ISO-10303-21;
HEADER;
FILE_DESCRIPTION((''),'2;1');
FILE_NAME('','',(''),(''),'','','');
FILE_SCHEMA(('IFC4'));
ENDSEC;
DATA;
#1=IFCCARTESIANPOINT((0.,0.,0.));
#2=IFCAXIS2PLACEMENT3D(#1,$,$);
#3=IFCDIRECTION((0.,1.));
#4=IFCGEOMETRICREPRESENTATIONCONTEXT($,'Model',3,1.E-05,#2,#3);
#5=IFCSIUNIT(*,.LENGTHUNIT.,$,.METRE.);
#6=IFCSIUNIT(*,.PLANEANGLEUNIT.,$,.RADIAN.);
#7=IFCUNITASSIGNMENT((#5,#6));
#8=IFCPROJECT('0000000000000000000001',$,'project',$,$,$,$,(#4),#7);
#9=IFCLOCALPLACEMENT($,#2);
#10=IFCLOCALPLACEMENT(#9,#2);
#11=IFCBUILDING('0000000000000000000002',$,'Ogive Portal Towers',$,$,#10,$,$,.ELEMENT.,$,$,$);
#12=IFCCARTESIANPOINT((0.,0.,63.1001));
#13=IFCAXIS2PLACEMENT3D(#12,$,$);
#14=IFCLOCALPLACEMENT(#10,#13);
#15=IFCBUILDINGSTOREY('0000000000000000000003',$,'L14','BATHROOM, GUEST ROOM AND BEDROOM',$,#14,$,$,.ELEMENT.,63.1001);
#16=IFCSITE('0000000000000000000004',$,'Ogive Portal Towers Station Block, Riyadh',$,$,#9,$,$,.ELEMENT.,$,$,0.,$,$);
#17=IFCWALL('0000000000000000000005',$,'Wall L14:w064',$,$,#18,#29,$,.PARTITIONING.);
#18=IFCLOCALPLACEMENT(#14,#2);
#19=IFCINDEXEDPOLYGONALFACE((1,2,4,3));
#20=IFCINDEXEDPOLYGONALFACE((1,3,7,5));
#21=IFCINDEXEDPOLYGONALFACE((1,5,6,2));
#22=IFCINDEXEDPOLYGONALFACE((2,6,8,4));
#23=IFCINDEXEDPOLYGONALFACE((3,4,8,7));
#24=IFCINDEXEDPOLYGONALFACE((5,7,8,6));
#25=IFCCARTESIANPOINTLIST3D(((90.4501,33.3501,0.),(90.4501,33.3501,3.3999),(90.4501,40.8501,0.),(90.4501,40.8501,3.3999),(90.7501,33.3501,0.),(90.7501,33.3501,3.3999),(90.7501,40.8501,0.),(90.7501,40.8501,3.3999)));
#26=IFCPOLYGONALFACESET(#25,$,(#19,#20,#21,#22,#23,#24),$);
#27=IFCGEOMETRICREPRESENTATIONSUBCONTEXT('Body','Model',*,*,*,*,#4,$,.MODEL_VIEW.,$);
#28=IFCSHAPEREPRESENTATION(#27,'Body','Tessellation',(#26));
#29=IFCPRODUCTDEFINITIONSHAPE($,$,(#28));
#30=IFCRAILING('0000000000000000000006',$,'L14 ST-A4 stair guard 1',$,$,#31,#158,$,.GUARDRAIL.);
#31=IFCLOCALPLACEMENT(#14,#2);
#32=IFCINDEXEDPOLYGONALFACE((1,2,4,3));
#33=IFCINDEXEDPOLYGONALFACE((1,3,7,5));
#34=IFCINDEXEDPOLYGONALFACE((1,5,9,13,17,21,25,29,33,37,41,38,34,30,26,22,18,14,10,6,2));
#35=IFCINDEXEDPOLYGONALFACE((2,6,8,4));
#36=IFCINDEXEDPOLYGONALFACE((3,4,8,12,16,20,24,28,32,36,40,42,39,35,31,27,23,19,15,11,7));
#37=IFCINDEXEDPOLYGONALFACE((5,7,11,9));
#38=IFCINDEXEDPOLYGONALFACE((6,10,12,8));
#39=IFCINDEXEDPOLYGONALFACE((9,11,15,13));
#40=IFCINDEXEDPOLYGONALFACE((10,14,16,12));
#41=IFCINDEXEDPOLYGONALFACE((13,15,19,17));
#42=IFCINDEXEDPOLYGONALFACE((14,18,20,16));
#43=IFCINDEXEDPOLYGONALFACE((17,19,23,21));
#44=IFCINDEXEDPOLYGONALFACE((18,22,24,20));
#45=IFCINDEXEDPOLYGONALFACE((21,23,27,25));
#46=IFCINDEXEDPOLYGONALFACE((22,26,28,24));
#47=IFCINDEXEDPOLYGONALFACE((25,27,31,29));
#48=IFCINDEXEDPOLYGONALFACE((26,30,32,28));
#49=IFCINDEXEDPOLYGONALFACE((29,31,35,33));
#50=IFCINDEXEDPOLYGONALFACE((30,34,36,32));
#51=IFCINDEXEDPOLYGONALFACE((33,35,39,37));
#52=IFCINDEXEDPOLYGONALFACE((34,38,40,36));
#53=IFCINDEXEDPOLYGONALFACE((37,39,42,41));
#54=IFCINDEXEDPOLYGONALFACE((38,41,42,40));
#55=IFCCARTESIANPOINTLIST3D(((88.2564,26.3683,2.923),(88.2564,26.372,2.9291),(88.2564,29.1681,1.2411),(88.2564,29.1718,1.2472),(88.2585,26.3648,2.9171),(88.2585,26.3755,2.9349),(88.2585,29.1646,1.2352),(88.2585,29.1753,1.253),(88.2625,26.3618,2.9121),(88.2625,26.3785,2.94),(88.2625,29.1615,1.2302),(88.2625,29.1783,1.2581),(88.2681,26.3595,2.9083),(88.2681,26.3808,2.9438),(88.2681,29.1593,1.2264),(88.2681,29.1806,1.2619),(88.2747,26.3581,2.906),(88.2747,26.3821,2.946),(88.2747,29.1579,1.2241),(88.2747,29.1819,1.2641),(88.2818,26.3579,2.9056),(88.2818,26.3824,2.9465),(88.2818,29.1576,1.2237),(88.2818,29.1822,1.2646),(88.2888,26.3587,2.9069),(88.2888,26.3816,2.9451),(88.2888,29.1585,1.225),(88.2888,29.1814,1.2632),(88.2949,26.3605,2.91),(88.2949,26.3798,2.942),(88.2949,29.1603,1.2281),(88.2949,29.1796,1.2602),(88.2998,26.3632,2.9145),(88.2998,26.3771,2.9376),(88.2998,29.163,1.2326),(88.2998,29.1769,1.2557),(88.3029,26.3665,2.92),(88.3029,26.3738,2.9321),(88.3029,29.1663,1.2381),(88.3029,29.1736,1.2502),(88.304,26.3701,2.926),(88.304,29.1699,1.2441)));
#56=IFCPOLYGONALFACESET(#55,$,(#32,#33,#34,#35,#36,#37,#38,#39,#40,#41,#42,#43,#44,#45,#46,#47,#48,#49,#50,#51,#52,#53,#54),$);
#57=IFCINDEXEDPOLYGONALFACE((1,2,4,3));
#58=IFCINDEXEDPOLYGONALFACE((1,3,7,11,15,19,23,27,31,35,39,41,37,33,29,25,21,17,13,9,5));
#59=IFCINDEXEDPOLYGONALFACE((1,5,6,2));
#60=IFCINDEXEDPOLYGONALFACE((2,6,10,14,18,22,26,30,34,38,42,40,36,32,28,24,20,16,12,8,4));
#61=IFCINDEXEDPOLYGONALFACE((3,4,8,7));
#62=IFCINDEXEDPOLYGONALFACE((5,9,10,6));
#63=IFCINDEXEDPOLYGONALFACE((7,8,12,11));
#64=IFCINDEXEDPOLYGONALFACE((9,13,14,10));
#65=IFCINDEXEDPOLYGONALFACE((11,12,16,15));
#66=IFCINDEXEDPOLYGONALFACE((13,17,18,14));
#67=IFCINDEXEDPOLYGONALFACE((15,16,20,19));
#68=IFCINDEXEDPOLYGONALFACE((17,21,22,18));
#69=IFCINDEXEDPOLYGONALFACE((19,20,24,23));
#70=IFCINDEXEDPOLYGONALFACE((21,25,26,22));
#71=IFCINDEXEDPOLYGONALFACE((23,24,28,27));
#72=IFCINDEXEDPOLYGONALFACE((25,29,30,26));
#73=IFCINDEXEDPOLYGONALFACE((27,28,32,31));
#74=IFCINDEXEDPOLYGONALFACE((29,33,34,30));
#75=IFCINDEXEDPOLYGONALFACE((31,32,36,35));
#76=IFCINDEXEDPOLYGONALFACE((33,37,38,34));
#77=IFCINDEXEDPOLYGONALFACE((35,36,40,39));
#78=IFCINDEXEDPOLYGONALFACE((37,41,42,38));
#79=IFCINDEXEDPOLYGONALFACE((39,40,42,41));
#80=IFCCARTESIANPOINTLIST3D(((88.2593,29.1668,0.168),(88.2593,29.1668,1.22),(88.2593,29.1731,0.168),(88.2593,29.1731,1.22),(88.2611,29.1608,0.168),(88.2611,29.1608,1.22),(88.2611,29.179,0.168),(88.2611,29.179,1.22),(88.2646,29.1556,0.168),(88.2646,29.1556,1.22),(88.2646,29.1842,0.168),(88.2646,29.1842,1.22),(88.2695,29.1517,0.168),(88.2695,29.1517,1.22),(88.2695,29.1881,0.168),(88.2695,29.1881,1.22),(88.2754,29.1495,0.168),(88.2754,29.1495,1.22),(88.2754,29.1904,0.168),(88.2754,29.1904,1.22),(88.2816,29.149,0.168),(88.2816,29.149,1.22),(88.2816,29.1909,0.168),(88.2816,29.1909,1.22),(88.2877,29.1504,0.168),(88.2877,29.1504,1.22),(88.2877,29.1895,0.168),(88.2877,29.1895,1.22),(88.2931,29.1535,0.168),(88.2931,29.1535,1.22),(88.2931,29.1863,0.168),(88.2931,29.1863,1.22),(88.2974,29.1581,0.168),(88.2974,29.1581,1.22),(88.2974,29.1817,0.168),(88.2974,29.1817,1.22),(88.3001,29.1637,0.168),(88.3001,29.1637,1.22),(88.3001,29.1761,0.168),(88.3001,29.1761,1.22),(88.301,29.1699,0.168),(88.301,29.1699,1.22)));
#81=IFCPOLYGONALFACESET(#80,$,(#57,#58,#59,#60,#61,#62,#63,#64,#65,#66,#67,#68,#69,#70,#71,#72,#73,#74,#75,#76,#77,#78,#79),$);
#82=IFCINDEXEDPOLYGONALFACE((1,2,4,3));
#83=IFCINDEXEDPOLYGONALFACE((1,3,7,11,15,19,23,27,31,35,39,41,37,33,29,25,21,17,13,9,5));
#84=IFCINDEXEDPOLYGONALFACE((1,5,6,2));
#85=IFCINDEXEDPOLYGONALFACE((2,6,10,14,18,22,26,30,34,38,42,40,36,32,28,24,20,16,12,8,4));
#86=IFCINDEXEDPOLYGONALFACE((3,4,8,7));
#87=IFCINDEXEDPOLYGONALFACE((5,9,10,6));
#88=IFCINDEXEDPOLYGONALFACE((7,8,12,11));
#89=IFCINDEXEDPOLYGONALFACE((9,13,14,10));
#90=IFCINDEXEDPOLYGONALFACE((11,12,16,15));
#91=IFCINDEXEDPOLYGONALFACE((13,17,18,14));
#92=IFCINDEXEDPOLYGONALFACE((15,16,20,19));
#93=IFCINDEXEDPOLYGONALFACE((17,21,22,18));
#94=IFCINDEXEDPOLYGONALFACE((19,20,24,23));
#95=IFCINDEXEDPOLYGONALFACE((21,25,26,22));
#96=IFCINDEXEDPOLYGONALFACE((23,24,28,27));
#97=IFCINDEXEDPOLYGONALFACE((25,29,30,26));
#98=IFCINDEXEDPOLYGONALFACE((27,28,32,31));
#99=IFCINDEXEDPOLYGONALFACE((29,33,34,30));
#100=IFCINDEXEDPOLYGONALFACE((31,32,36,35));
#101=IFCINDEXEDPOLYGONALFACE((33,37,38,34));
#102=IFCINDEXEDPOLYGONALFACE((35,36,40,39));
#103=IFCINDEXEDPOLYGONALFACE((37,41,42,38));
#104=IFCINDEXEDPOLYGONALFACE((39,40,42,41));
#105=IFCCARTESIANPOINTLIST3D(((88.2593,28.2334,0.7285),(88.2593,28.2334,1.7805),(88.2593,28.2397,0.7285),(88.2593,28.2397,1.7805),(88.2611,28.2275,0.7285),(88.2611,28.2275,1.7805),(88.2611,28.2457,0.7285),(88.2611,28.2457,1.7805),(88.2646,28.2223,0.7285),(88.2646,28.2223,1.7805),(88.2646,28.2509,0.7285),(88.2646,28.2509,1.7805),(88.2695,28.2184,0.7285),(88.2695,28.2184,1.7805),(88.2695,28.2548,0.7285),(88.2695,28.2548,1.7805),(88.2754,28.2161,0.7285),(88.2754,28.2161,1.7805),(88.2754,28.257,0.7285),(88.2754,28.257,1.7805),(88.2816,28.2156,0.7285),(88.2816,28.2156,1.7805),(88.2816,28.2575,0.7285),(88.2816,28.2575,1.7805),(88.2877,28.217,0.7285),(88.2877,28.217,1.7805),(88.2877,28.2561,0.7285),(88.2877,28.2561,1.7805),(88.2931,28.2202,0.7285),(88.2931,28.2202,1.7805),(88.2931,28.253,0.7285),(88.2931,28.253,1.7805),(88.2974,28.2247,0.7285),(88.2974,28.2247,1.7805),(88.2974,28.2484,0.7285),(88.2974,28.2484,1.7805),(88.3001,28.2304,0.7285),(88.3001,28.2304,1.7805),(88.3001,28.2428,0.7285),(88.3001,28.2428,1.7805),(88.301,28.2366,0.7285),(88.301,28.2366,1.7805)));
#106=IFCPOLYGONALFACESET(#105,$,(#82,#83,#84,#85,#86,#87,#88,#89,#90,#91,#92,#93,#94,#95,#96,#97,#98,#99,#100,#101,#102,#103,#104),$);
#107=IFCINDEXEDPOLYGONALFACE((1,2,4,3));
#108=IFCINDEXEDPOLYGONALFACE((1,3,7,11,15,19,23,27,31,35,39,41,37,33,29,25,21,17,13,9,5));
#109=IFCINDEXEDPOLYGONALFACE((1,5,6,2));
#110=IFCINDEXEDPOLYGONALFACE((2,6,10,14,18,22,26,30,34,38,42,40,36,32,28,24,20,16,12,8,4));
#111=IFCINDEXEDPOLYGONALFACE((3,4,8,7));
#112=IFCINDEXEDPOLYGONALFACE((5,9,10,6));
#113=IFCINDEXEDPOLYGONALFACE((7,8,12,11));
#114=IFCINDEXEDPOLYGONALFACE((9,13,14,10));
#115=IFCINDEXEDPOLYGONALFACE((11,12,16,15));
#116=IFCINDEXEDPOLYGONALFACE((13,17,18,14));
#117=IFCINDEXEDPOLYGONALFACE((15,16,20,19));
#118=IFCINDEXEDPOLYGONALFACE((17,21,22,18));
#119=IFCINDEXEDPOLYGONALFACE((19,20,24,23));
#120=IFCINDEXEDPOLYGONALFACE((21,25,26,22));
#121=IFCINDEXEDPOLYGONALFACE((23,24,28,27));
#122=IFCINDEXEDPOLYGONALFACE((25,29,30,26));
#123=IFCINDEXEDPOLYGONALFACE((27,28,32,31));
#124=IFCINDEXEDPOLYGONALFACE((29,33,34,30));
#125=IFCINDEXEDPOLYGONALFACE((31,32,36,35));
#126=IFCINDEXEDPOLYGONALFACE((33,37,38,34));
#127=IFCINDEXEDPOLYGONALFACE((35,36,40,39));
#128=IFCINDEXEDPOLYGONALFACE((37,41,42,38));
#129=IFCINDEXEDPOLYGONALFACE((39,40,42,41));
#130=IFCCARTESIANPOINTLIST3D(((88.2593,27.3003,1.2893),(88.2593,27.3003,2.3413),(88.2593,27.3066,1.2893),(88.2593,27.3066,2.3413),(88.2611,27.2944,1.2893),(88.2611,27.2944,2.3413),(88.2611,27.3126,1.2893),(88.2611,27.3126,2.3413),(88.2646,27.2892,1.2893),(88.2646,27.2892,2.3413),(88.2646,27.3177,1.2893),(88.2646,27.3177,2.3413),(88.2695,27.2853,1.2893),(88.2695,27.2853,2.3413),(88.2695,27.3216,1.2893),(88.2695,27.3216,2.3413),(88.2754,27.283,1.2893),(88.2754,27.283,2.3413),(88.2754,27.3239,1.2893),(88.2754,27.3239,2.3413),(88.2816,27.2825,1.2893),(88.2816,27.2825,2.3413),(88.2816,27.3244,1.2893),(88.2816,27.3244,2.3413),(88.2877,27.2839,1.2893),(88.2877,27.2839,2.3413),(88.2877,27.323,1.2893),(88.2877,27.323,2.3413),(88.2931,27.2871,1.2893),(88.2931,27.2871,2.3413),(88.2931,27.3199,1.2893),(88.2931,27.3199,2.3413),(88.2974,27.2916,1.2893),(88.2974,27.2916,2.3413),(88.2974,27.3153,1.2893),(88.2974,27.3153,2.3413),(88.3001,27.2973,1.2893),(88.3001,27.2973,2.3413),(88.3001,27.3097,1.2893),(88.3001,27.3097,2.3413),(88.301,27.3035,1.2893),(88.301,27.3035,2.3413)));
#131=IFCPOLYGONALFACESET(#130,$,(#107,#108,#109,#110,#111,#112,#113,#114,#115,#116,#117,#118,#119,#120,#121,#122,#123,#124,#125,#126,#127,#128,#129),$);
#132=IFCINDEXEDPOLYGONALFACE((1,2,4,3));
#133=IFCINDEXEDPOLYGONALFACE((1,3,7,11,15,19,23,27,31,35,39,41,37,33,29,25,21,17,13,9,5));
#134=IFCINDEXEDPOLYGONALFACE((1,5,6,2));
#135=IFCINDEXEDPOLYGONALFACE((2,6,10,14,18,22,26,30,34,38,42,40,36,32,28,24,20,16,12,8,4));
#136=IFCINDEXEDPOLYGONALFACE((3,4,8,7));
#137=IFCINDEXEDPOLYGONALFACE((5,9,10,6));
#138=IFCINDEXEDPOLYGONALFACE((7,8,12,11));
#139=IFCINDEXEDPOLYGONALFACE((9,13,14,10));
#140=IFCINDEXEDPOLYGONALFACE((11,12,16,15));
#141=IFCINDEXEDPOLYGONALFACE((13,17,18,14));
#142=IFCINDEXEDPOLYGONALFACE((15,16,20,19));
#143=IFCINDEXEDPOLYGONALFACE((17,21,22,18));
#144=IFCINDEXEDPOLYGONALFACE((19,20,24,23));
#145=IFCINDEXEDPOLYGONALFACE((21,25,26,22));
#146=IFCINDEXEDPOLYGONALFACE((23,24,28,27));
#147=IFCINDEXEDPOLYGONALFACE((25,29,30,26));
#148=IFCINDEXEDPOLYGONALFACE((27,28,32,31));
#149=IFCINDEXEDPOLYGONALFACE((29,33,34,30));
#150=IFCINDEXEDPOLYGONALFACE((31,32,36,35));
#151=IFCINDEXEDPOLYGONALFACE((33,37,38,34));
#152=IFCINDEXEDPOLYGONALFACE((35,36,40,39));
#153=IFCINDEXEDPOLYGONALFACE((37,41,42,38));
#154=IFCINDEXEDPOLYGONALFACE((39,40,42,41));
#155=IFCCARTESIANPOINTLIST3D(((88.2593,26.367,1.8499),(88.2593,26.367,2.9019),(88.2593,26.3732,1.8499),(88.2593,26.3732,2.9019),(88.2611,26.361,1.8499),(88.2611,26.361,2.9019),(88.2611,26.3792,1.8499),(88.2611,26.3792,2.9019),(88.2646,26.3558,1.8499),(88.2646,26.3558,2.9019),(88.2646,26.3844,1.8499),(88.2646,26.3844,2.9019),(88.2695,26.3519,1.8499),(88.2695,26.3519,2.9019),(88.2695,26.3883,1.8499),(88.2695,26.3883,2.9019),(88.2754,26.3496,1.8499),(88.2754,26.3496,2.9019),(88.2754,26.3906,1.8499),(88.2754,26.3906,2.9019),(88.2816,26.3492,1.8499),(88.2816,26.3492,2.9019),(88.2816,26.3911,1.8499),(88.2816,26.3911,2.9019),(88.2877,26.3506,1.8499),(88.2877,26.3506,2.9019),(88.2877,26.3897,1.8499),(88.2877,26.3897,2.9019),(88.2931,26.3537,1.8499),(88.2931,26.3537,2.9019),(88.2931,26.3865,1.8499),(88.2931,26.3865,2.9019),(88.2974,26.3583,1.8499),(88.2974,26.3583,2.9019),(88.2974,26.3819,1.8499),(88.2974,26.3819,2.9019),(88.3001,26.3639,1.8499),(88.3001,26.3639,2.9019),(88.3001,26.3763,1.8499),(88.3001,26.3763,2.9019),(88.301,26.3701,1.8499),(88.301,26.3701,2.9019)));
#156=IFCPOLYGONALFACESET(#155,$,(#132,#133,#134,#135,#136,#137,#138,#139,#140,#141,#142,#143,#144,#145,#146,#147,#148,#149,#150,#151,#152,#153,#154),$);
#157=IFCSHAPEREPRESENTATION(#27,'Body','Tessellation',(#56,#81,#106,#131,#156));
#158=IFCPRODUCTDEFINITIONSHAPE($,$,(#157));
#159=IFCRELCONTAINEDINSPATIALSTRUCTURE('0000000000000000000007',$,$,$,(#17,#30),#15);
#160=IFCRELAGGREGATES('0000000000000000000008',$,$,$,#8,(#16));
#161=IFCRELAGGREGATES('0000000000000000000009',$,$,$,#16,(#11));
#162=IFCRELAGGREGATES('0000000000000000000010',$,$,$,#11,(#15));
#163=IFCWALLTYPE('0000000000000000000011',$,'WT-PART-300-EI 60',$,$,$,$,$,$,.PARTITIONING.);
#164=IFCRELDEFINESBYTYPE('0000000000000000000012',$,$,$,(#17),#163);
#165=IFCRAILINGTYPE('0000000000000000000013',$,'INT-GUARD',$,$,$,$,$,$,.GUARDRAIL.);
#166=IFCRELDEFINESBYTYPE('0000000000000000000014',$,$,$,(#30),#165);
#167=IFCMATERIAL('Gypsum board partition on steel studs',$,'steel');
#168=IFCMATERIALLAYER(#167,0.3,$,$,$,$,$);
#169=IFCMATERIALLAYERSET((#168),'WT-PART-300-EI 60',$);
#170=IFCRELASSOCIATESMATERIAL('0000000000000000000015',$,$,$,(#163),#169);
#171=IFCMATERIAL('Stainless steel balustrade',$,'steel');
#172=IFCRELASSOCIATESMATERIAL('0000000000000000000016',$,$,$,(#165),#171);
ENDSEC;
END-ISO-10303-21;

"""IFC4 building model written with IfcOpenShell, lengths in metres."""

from ifc_helpers import new_model, si_unit, direction, frame, frame_2d, origin, origin_2d, place, context, subcontext, project, spatial, rectangle, circle, extrude, material, layer, layer_set, type_object, element, save


model = new_model("IFC4")

# Units and contexts
model_context = context("Model", 3, precision=1e-05, world=origin(), true_north=direction((0.0, 1.0)))
body_context = subcontext(model_context, "Body", "Model", "MODEL_VIEW")
ifc_project = project(units=[si_unit("LENGTHUNIT", "METRE"), si_unit("PLANEANGLEUNIT", "RADIAN")], contexts=[model_context])

# Site, building, storey
site_placement = place(None, origin())
site = spatial("IfcSite", under=ifc_project, at=site_placement, Name="Ogive Portal Towers Station Block, Riyadh", CompositionType="ELEMENT", RefElevation=0.0)
building_placement = place(site_placement, origin())
building = spatial("IfcBuilding", under=site, at=building_placement, Name="Ogive Portal Towers", CompositionType="ELEMENT")
storey_placement = place(building_placement, frame((0.0, 0.0, 63.1001)))
storey = spatial("IfcBuildingStorey", under=building, at=storey_placement, Name="L14", Description="BATHROOM, GUEST ROOM AND BEDROOM", CompositionType="ELEMENT", Elevation=63.1001)

# Shared definitions
ifc_material_1 = material(Name="Gypsum board partition on steel studs", Category="steel")

# Wall
ifc_layer_1 = layer(ifc_material_1, 0.3)
ifc_layer_set_1 = layer_set([ifc_layer_1], Name="WT-PART-300-EI 60")
wall_type_1 = type_object("IfcWallType", Name="WT-PART-300-EI 60", PredefinedType="PARTITIONING", material=ifc_layer_set_1)
wall_1_placement = place(storey_placement, frame((90.6001, 33.3501, 0.0), z_axis=(0.0, 0.0, 1.0), x_axis=(0.0, 1.0, 0.0)))
element("IfcWall", 1, at=wall_1_placement, inside=storey, type_object=wall_type_1, Name="Wall L14:w064", PredefinedType="PARTITIONING", context=body_context, shape_type="SweptSolid", body=[
    extrude(rectangle(XDim=7.5, YDim=0.3, at=frame_2d((3.75, 0.0))), origin(), (0.0, 0.0, 1.0), 3.3999),
])

# Railing
ifc_material_2 = material(Name="Stainless steel balustrade", Category="steel")
railing_type_1 = type_object("IfcRailingType", Name="INT-GUARD", PredefinedType="GUARDRAIL", material=ifc_material_2)
railing_1_placement = place(storey_placement, frame((88.28, 29.1699, 0.168)))
element("IfcRailing", 2, at=railing_1_placement, inside=storey, type_object=railing_type_1, Name="L14 ST-A4 stair guard 1", PredefinedType="GUARDRAIL", context=body_context, shape_type="SweptSolid", body=[
    extrude(circle(Radius=0.0239, at=origin_2d()), frame((0.0, 0.0, 1.0762), z_axis=(0.0, -0.857222, 0.514946), x_axis=(1.0, 0.0, 0.0)), (0.0, 0.0, 1.0), 3.2661),
    extrude(circle(Radius=0.021, at=origin_2d()), origin(), (0.0, 0.0, 1.0), 1.052),
    extrude(circle(Radius=0.021, at=origin_2d()), frame((0.0, -0.9333, 0.5605)), (0.0, 0.0, 1.0), 1.052),
    extrude(circle(Radius=0.021, at=origin_2d()), frame((0.0, -1.8665, 1.1213)), (0.0, 0.0, 1.0), 1.052),
    extrude(circle(Radius=0.021, at=origin_2d()), frame((0.0, -2.7998, 1.6819)), (0.0, 0.0, 1.0), 1.052),
])

save(model, "model.ifc")
